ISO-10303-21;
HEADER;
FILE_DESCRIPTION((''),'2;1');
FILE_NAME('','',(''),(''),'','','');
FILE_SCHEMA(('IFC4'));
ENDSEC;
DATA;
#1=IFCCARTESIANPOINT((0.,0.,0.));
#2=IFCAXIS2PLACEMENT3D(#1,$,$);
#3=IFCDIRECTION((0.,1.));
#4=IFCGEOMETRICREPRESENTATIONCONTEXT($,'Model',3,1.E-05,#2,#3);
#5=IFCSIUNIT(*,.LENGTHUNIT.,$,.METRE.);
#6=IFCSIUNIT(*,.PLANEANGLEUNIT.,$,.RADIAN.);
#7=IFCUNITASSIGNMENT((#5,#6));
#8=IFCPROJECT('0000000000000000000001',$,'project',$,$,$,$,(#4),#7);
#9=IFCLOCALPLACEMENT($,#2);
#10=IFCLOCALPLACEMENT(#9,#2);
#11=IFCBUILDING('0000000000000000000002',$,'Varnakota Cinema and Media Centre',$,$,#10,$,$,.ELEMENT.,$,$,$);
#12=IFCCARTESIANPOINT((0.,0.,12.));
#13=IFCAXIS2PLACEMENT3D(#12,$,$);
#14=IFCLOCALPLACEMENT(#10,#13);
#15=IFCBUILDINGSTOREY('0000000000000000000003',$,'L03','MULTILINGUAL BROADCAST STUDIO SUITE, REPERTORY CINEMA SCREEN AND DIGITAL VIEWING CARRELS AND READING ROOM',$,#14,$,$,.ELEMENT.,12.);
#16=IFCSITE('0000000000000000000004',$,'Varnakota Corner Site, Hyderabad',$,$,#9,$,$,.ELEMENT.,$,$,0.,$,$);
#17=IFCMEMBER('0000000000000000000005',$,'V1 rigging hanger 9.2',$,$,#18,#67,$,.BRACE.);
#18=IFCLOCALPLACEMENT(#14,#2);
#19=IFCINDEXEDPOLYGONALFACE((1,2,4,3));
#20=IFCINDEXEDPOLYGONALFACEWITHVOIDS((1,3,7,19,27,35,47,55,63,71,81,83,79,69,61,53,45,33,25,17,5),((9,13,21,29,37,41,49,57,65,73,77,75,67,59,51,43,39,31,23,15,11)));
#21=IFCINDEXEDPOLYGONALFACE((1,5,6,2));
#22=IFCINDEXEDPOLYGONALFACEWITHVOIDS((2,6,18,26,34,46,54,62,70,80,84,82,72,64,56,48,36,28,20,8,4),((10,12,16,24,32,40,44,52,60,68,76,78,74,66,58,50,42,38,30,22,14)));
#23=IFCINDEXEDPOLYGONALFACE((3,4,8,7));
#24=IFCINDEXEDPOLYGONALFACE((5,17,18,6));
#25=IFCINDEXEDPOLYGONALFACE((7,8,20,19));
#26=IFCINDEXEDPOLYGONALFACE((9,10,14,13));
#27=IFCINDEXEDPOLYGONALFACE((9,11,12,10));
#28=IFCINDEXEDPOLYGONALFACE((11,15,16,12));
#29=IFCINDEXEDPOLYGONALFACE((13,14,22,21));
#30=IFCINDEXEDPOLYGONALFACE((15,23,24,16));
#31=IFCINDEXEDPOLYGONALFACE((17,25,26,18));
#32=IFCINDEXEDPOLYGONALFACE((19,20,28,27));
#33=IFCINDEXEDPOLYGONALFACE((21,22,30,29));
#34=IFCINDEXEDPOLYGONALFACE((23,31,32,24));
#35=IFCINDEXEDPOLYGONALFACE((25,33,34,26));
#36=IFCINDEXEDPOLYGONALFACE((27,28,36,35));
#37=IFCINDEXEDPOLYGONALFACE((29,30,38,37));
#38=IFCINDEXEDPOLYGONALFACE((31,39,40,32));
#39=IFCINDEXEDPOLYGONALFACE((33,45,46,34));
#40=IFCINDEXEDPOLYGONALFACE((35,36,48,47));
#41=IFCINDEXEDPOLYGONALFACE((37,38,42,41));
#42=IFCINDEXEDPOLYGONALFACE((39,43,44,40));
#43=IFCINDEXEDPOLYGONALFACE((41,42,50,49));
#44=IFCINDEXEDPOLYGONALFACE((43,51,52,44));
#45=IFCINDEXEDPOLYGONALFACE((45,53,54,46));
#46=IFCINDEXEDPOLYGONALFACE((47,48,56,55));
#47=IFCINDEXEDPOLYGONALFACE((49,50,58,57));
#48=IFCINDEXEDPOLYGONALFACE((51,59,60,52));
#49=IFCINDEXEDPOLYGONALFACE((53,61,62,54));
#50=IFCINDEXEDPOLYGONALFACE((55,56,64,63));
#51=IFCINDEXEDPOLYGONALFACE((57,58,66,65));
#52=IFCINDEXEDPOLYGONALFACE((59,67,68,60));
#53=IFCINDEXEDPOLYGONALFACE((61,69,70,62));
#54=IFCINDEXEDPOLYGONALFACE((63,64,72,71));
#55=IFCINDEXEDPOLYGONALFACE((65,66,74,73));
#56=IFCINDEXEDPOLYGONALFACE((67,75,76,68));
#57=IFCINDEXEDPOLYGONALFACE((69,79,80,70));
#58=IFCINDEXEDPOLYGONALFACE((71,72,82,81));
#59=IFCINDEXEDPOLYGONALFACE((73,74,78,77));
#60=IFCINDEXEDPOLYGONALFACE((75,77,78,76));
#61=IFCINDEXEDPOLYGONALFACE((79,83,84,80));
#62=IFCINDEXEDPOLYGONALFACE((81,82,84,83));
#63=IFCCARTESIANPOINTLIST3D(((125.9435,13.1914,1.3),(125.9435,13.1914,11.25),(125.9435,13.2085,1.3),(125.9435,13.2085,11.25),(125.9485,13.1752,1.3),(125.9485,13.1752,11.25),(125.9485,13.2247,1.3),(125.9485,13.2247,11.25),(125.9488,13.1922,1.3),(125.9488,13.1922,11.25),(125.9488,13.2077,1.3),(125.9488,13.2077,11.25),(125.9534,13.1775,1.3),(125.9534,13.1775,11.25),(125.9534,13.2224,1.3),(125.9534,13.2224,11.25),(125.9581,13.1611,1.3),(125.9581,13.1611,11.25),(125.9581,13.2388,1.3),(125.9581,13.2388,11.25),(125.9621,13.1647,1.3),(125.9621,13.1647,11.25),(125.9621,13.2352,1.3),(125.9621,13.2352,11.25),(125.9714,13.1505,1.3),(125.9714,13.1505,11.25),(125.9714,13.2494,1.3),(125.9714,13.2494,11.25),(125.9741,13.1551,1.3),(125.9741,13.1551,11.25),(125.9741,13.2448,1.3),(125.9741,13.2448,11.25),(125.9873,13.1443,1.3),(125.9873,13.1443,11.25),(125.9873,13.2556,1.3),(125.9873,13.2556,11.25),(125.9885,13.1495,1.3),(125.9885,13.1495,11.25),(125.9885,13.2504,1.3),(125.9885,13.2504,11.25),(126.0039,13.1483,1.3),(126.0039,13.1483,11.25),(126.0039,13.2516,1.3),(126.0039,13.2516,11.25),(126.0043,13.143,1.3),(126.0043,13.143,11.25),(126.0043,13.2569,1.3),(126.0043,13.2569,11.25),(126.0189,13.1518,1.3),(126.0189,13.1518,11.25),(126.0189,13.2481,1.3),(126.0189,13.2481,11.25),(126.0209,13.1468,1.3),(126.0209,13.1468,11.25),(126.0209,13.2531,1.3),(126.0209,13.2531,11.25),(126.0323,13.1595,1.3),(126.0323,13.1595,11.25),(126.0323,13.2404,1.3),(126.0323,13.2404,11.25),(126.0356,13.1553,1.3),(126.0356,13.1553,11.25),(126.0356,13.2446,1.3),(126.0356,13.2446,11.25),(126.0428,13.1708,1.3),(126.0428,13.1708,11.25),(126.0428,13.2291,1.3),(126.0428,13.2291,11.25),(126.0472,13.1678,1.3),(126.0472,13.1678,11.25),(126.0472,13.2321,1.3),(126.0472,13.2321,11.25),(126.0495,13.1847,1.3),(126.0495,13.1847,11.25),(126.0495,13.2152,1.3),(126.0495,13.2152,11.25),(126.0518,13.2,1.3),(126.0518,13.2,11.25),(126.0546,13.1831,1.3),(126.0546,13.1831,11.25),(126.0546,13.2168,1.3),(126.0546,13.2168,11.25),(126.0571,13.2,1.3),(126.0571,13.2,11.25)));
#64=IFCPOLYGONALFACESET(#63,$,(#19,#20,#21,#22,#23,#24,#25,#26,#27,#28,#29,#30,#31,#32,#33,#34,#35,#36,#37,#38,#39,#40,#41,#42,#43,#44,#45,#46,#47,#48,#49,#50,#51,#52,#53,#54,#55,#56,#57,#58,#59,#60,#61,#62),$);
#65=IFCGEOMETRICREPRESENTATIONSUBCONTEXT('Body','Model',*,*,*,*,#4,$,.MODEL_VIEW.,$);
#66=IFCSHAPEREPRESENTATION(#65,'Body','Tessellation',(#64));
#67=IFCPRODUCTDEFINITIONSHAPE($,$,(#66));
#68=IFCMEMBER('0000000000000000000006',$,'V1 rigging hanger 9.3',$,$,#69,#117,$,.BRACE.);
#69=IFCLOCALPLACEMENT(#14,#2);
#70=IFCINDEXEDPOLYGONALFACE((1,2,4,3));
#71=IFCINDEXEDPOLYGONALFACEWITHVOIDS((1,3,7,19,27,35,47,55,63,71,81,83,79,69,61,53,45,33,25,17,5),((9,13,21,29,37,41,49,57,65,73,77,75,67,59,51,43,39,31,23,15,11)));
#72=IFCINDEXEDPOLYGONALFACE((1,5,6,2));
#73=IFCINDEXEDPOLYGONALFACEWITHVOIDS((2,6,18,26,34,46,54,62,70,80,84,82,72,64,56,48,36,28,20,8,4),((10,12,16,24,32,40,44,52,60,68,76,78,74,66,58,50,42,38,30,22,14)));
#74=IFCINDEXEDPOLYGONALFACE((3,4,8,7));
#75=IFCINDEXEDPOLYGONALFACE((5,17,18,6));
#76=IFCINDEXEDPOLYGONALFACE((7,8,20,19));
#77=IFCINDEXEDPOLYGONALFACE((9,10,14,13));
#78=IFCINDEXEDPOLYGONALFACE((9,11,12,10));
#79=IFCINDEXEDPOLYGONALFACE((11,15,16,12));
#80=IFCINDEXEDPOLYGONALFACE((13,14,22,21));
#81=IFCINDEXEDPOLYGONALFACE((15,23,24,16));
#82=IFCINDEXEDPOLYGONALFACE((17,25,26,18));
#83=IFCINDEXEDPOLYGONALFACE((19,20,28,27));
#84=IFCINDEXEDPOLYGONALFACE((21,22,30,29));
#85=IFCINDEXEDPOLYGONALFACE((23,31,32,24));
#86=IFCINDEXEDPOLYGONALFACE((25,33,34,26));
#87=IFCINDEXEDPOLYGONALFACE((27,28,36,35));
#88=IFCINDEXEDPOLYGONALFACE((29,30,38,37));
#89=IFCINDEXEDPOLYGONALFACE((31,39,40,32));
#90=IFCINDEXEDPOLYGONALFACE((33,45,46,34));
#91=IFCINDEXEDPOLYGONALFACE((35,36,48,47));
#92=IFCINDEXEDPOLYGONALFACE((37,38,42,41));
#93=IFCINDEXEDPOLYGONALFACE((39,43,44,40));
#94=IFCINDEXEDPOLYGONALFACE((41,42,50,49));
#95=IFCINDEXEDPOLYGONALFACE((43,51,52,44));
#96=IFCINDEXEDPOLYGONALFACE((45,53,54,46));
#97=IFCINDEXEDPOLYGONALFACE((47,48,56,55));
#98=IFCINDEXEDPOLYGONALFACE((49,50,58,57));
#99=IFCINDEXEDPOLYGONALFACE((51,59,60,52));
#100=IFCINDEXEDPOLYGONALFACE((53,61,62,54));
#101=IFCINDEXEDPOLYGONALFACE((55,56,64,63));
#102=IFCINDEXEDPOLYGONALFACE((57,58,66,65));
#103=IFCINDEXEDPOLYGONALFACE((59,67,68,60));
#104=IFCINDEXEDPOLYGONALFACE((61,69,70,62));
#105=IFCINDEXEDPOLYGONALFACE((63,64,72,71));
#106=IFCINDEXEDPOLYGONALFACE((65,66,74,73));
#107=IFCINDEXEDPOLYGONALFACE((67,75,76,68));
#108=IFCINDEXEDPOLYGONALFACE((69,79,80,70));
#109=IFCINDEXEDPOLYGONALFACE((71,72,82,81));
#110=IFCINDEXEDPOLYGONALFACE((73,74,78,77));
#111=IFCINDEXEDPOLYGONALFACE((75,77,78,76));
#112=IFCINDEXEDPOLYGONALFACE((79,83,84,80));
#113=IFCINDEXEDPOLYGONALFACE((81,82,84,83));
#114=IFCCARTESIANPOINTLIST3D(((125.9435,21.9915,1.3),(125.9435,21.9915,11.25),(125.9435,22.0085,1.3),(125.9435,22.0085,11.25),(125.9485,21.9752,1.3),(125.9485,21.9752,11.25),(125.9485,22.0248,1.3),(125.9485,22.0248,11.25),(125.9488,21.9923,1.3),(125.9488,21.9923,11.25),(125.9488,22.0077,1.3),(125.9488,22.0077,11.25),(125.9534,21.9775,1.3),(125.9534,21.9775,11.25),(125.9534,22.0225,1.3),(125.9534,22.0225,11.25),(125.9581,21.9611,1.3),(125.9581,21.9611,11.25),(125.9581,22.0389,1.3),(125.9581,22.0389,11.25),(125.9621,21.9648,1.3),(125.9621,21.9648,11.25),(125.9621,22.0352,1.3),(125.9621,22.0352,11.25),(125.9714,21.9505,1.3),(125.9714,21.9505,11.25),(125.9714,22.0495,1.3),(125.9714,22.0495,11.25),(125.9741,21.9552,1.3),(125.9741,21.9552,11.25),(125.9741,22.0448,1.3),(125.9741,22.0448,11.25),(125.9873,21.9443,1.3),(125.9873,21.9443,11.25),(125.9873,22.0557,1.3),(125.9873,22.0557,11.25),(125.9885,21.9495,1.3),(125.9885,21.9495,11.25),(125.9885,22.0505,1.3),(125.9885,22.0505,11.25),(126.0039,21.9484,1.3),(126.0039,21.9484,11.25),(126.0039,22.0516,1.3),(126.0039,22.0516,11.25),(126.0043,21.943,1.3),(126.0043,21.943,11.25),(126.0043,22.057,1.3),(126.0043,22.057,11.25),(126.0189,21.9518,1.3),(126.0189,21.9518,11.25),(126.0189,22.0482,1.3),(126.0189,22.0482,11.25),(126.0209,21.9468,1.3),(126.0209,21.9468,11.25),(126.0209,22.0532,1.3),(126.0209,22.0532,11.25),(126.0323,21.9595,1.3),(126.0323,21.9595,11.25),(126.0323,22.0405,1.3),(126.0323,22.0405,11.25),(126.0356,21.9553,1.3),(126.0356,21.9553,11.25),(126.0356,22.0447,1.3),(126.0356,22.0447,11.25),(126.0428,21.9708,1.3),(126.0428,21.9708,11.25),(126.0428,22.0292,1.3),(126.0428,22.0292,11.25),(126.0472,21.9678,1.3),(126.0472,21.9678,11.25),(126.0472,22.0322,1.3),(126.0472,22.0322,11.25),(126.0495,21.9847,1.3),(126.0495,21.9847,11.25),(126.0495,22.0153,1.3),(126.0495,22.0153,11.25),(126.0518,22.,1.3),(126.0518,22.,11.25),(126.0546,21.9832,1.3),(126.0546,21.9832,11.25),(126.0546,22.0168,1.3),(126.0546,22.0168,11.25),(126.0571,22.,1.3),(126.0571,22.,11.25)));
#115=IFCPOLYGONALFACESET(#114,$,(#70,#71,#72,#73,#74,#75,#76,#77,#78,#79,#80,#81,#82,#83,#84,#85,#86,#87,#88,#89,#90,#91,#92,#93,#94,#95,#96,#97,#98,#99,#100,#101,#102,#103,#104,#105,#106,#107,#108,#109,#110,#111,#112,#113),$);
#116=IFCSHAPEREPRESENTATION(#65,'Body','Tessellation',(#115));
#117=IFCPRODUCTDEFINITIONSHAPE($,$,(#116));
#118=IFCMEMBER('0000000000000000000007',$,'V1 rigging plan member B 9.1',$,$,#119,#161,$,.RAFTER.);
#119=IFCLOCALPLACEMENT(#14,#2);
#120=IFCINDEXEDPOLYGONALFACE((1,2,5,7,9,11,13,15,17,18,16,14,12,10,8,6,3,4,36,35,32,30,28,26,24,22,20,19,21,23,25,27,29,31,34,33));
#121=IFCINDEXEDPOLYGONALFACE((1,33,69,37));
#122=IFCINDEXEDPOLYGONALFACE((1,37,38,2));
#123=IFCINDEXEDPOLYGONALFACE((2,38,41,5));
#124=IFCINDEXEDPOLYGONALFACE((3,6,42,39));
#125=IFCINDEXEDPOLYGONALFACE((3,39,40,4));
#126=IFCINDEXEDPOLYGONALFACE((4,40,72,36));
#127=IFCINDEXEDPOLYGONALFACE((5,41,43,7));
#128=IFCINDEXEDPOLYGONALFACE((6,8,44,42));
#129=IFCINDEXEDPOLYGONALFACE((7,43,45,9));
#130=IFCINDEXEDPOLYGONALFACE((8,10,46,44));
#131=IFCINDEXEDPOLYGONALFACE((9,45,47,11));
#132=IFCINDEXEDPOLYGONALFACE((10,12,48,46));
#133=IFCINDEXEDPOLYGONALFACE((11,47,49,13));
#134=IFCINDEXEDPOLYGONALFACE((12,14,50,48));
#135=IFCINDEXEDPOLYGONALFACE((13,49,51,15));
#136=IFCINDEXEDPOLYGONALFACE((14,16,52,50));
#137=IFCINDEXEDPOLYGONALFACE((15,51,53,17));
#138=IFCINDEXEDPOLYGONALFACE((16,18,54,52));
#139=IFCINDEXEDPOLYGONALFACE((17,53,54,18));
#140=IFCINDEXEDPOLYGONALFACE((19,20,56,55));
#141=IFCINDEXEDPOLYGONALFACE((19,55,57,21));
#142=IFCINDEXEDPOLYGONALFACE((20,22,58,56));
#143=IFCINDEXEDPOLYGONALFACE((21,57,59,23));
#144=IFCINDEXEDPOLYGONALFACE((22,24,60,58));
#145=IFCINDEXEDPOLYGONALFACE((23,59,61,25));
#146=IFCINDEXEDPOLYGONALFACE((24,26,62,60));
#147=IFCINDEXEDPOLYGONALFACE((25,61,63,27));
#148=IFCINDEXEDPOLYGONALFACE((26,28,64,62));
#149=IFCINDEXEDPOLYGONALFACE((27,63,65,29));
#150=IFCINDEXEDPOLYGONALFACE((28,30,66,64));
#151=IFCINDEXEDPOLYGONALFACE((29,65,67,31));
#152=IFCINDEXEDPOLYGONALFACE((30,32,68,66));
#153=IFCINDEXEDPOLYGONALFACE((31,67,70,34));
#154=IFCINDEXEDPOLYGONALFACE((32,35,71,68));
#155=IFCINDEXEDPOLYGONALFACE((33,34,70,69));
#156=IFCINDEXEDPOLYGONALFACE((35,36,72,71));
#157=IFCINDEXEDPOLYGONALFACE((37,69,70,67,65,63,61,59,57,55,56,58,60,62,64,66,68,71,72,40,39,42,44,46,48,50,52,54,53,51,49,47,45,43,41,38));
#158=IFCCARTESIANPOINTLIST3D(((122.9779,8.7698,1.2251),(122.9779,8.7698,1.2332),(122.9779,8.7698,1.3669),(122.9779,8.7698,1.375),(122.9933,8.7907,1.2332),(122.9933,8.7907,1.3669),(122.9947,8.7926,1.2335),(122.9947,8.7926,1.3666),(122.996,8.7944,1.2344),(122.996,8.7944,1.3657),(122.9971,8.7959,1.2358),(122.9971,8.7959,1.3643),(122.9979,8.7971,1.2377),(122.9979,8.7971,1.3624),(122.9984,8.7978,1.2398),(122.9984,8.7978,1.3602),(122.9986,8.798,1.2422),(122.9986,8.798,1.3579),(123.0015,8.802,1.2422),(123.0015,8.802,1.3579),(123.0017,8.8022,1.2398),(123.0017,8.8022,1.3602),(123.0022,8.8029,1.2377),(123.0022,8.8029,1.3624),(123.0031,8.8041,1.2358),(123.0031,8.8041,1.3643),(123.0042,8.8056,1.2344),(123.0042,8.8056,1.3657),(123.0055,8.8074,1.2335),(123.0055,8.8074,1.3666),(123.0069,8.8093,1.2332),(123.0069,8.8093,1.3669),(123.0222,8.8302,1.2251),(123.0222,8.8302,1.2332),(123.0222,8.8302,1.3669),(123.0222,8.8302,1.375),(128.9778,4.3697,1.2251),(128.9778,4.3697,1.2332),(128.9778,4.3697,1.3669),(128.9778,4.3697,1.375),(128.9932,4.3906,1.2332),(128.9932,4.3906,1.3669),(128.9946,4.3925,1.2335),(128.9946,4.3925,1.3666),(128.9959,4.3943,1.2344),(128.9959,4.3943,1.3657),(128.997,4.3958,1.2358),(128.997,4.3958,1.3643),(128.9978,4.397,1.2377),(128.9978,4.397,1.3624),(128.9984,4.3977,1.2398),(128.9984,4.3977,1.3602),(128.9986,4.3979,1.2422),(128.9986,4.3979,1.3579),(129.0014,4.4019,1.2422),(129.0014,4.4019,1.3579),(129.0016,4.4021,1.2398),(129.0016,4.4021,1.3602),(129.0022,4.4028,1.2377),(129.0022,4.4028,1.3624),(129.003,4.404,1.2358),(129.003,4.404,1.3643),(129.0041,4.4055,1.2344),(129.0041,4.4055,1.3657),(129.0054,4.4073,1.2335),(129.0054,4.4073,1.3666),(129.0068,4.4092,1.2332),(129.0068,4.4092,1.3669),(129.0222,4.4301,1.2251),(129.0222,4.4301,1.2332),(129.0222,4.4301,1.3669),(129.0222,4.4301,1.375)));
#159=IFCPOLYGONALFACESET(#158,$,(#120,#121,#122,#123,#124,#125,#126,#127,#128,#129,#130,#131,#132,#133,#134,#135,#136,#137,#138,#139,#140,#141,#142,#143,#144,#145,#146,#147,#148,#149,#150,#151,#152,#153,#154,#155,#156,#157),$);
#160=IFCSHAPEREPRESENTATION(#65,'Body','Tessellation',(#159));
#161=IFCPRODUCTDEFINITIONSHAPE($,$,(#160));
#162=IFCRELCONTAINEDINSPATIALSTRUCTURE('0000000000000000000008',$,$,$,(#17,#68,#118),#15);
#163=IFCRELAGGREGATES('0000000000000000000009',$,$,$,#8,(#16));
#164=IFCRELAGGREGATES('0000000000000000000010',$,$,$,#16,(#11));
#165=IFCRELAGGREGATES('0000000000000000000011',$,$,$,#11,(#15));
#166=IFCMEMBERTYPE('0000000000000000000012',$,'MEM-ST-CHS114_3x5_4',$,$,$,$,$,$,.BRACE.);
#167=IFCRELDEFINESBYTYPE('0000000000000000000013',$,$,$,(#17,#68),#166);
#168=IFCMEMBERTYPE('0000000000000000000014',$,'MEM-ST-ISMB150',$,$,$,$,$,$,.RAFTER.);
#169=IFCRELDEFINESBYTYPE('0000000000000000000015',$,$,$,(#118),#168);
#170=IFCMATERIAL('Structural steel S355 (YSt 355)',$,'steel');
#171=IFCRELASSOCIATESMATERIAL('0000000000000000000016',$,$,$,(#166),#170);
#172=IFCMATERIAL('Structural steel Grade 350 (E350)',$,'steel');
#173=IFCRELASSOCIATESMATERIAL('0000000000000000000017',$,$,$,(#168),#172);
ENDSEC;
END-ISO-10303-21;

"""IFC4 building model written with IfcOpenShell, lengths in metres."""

from ifc_helpers import new_model, si_unit, direction, frame, origin, origin_2d, place, context, subcontext, project, spatial, hollow_circle, i_section, extrude, material, material_profile, profile_set, type_object, element, save


model = new_model("IFC4")

# Units and contexts
model_context = context("Model", 3, precision=1e-05, world=origin(), true_north=direction((0.0, 1.0)))
body_context = subcontext(model_context, "Body", "Model", "MODEL_VIEW")
ifc_project = project(units=[si_unit("LENGTHUNIT", "METRE"), si_unit("PLANEANGLEUNIT", "RADIAN")], contexts=[model_context])

# Site, building, storey
site_placement = place(None, origin())
site = spatial("IfcSite", under=ifc_project, at=site_placement, Name="Varnakota Corner Site, Hyderabad", CompositionType="ELEMENT", RefElevation=0.0)
building_placement = place(site_placement, origin())
building = spatial("IfcBuilding", under=site, at=building_placement, Name="Varnakota Cinema and Media Centre", CompositionType="ELEMENT")
storey_placement = place(building_placement, frame((0.0, 0.0, 12.0)))
storey = spatial("IfcBuildingStorey", under=building, at=storey_placement, Name="L03", Description="MULTILINGUAL BROADCAST STUDIO SUITE, REPERTORY CINEMA SCREEN AND DIGITAL VIEWING CARRELS AND READING ROOM", CompositionType="ELEMENT", Elevation=12.0)

# Members
ifc_material_1 = material(Name="Structural steel S355 (YSt 355)", Category="steel")
ifc_material_profile_1 = material_profile(ifc_material_1, hollow_circle(Radius=0.0571, WallThickness=0.0054, at=origin_2d()), Name="CHS 114.3x5.4")
ifc_profile_set_1 = profile_set([ifc_material_profile_1], Name="Structural steel S355 (YSt 355)")
member_type_1 = type_object("IfcMemberType", Name="MEM-ST-CHS114_3x5_4", PredefinedType="BRACE", material=ifc_profile_set_1)
for number, where, z_axis, x_axis, name in (
    (1, (126.0, 13.2, 1.3), (0.0, 0.0, 1.0), (1.0, 0.0, 0.0), "V1 rigging hanger 9.2"),
    (2, (126.0, 22.0, 1.3), (0.0, 0.0, 1.0), (1.0, 0.0, 0.0), "V1 rigging hanger 9.3"),
):
    element("IfcMember", number, at=place(storey_placement, frame(where, z_axis=z_axis, x_axis=x_axis)), inside=storey, type_object=member_type_1, Name=name, PredefinedType="BRACE", context=body_context, shape_type="SweptSolid", body=[
        extrude(hollow_circle(Radius=0.0571, WallThickness=0.0054, at=origin_2d()), origin(), (0.0, 0.0, 1.0), 9.95),
    ])
ifc_material_2 = material(Name="Structural steel Grade 350 (E350)", Category="steel")
ifc_material_profile_2 = material_profile(ifc_material_2, i_section(OverallWidth=0.075, OverallDepth=0.1499, WebThickness=0.0049, FlangeThickness=0.0081, FilletRadius=0.009, at=origin_2d()), Name="ISMB 150")
ifc_profile_set_2 = profile_set([ifc_material_profile_2], Name="Structural steel Grade 350 (E350)")
member_type_2 = type_object("IfcMemberType", Name="MEM-ST-ISMB150", PredefinedType="RAFTER", material=ifc_profile_set_2)
member_1_placement = place(storey_placement, frame((129.0, 4.3999, 1.3), z_axis=(-0.806396, 0.591376, 0.0), x_axis=(-0.591376, -0.806396, 0.0)))
element("IfcMember", 3, at=member_1_placement, inside=storey, type_object=member_type_2, Name="V1 rigging plan member B 9.1", PredefinedType="RAFTER", context=body_context, shape_type="SweptSolid", body=[
    extrude(i_section(OverallWidth=0.075, OverallDepth=0.1499, WebThickness=0.0049, FlangeThickness=0.0081, FilletRadius=0.009, at=origin_2d()), origin(), (0.0, 0.0, 1.0), 7.4404),
])

save(model, "model.ifc")
